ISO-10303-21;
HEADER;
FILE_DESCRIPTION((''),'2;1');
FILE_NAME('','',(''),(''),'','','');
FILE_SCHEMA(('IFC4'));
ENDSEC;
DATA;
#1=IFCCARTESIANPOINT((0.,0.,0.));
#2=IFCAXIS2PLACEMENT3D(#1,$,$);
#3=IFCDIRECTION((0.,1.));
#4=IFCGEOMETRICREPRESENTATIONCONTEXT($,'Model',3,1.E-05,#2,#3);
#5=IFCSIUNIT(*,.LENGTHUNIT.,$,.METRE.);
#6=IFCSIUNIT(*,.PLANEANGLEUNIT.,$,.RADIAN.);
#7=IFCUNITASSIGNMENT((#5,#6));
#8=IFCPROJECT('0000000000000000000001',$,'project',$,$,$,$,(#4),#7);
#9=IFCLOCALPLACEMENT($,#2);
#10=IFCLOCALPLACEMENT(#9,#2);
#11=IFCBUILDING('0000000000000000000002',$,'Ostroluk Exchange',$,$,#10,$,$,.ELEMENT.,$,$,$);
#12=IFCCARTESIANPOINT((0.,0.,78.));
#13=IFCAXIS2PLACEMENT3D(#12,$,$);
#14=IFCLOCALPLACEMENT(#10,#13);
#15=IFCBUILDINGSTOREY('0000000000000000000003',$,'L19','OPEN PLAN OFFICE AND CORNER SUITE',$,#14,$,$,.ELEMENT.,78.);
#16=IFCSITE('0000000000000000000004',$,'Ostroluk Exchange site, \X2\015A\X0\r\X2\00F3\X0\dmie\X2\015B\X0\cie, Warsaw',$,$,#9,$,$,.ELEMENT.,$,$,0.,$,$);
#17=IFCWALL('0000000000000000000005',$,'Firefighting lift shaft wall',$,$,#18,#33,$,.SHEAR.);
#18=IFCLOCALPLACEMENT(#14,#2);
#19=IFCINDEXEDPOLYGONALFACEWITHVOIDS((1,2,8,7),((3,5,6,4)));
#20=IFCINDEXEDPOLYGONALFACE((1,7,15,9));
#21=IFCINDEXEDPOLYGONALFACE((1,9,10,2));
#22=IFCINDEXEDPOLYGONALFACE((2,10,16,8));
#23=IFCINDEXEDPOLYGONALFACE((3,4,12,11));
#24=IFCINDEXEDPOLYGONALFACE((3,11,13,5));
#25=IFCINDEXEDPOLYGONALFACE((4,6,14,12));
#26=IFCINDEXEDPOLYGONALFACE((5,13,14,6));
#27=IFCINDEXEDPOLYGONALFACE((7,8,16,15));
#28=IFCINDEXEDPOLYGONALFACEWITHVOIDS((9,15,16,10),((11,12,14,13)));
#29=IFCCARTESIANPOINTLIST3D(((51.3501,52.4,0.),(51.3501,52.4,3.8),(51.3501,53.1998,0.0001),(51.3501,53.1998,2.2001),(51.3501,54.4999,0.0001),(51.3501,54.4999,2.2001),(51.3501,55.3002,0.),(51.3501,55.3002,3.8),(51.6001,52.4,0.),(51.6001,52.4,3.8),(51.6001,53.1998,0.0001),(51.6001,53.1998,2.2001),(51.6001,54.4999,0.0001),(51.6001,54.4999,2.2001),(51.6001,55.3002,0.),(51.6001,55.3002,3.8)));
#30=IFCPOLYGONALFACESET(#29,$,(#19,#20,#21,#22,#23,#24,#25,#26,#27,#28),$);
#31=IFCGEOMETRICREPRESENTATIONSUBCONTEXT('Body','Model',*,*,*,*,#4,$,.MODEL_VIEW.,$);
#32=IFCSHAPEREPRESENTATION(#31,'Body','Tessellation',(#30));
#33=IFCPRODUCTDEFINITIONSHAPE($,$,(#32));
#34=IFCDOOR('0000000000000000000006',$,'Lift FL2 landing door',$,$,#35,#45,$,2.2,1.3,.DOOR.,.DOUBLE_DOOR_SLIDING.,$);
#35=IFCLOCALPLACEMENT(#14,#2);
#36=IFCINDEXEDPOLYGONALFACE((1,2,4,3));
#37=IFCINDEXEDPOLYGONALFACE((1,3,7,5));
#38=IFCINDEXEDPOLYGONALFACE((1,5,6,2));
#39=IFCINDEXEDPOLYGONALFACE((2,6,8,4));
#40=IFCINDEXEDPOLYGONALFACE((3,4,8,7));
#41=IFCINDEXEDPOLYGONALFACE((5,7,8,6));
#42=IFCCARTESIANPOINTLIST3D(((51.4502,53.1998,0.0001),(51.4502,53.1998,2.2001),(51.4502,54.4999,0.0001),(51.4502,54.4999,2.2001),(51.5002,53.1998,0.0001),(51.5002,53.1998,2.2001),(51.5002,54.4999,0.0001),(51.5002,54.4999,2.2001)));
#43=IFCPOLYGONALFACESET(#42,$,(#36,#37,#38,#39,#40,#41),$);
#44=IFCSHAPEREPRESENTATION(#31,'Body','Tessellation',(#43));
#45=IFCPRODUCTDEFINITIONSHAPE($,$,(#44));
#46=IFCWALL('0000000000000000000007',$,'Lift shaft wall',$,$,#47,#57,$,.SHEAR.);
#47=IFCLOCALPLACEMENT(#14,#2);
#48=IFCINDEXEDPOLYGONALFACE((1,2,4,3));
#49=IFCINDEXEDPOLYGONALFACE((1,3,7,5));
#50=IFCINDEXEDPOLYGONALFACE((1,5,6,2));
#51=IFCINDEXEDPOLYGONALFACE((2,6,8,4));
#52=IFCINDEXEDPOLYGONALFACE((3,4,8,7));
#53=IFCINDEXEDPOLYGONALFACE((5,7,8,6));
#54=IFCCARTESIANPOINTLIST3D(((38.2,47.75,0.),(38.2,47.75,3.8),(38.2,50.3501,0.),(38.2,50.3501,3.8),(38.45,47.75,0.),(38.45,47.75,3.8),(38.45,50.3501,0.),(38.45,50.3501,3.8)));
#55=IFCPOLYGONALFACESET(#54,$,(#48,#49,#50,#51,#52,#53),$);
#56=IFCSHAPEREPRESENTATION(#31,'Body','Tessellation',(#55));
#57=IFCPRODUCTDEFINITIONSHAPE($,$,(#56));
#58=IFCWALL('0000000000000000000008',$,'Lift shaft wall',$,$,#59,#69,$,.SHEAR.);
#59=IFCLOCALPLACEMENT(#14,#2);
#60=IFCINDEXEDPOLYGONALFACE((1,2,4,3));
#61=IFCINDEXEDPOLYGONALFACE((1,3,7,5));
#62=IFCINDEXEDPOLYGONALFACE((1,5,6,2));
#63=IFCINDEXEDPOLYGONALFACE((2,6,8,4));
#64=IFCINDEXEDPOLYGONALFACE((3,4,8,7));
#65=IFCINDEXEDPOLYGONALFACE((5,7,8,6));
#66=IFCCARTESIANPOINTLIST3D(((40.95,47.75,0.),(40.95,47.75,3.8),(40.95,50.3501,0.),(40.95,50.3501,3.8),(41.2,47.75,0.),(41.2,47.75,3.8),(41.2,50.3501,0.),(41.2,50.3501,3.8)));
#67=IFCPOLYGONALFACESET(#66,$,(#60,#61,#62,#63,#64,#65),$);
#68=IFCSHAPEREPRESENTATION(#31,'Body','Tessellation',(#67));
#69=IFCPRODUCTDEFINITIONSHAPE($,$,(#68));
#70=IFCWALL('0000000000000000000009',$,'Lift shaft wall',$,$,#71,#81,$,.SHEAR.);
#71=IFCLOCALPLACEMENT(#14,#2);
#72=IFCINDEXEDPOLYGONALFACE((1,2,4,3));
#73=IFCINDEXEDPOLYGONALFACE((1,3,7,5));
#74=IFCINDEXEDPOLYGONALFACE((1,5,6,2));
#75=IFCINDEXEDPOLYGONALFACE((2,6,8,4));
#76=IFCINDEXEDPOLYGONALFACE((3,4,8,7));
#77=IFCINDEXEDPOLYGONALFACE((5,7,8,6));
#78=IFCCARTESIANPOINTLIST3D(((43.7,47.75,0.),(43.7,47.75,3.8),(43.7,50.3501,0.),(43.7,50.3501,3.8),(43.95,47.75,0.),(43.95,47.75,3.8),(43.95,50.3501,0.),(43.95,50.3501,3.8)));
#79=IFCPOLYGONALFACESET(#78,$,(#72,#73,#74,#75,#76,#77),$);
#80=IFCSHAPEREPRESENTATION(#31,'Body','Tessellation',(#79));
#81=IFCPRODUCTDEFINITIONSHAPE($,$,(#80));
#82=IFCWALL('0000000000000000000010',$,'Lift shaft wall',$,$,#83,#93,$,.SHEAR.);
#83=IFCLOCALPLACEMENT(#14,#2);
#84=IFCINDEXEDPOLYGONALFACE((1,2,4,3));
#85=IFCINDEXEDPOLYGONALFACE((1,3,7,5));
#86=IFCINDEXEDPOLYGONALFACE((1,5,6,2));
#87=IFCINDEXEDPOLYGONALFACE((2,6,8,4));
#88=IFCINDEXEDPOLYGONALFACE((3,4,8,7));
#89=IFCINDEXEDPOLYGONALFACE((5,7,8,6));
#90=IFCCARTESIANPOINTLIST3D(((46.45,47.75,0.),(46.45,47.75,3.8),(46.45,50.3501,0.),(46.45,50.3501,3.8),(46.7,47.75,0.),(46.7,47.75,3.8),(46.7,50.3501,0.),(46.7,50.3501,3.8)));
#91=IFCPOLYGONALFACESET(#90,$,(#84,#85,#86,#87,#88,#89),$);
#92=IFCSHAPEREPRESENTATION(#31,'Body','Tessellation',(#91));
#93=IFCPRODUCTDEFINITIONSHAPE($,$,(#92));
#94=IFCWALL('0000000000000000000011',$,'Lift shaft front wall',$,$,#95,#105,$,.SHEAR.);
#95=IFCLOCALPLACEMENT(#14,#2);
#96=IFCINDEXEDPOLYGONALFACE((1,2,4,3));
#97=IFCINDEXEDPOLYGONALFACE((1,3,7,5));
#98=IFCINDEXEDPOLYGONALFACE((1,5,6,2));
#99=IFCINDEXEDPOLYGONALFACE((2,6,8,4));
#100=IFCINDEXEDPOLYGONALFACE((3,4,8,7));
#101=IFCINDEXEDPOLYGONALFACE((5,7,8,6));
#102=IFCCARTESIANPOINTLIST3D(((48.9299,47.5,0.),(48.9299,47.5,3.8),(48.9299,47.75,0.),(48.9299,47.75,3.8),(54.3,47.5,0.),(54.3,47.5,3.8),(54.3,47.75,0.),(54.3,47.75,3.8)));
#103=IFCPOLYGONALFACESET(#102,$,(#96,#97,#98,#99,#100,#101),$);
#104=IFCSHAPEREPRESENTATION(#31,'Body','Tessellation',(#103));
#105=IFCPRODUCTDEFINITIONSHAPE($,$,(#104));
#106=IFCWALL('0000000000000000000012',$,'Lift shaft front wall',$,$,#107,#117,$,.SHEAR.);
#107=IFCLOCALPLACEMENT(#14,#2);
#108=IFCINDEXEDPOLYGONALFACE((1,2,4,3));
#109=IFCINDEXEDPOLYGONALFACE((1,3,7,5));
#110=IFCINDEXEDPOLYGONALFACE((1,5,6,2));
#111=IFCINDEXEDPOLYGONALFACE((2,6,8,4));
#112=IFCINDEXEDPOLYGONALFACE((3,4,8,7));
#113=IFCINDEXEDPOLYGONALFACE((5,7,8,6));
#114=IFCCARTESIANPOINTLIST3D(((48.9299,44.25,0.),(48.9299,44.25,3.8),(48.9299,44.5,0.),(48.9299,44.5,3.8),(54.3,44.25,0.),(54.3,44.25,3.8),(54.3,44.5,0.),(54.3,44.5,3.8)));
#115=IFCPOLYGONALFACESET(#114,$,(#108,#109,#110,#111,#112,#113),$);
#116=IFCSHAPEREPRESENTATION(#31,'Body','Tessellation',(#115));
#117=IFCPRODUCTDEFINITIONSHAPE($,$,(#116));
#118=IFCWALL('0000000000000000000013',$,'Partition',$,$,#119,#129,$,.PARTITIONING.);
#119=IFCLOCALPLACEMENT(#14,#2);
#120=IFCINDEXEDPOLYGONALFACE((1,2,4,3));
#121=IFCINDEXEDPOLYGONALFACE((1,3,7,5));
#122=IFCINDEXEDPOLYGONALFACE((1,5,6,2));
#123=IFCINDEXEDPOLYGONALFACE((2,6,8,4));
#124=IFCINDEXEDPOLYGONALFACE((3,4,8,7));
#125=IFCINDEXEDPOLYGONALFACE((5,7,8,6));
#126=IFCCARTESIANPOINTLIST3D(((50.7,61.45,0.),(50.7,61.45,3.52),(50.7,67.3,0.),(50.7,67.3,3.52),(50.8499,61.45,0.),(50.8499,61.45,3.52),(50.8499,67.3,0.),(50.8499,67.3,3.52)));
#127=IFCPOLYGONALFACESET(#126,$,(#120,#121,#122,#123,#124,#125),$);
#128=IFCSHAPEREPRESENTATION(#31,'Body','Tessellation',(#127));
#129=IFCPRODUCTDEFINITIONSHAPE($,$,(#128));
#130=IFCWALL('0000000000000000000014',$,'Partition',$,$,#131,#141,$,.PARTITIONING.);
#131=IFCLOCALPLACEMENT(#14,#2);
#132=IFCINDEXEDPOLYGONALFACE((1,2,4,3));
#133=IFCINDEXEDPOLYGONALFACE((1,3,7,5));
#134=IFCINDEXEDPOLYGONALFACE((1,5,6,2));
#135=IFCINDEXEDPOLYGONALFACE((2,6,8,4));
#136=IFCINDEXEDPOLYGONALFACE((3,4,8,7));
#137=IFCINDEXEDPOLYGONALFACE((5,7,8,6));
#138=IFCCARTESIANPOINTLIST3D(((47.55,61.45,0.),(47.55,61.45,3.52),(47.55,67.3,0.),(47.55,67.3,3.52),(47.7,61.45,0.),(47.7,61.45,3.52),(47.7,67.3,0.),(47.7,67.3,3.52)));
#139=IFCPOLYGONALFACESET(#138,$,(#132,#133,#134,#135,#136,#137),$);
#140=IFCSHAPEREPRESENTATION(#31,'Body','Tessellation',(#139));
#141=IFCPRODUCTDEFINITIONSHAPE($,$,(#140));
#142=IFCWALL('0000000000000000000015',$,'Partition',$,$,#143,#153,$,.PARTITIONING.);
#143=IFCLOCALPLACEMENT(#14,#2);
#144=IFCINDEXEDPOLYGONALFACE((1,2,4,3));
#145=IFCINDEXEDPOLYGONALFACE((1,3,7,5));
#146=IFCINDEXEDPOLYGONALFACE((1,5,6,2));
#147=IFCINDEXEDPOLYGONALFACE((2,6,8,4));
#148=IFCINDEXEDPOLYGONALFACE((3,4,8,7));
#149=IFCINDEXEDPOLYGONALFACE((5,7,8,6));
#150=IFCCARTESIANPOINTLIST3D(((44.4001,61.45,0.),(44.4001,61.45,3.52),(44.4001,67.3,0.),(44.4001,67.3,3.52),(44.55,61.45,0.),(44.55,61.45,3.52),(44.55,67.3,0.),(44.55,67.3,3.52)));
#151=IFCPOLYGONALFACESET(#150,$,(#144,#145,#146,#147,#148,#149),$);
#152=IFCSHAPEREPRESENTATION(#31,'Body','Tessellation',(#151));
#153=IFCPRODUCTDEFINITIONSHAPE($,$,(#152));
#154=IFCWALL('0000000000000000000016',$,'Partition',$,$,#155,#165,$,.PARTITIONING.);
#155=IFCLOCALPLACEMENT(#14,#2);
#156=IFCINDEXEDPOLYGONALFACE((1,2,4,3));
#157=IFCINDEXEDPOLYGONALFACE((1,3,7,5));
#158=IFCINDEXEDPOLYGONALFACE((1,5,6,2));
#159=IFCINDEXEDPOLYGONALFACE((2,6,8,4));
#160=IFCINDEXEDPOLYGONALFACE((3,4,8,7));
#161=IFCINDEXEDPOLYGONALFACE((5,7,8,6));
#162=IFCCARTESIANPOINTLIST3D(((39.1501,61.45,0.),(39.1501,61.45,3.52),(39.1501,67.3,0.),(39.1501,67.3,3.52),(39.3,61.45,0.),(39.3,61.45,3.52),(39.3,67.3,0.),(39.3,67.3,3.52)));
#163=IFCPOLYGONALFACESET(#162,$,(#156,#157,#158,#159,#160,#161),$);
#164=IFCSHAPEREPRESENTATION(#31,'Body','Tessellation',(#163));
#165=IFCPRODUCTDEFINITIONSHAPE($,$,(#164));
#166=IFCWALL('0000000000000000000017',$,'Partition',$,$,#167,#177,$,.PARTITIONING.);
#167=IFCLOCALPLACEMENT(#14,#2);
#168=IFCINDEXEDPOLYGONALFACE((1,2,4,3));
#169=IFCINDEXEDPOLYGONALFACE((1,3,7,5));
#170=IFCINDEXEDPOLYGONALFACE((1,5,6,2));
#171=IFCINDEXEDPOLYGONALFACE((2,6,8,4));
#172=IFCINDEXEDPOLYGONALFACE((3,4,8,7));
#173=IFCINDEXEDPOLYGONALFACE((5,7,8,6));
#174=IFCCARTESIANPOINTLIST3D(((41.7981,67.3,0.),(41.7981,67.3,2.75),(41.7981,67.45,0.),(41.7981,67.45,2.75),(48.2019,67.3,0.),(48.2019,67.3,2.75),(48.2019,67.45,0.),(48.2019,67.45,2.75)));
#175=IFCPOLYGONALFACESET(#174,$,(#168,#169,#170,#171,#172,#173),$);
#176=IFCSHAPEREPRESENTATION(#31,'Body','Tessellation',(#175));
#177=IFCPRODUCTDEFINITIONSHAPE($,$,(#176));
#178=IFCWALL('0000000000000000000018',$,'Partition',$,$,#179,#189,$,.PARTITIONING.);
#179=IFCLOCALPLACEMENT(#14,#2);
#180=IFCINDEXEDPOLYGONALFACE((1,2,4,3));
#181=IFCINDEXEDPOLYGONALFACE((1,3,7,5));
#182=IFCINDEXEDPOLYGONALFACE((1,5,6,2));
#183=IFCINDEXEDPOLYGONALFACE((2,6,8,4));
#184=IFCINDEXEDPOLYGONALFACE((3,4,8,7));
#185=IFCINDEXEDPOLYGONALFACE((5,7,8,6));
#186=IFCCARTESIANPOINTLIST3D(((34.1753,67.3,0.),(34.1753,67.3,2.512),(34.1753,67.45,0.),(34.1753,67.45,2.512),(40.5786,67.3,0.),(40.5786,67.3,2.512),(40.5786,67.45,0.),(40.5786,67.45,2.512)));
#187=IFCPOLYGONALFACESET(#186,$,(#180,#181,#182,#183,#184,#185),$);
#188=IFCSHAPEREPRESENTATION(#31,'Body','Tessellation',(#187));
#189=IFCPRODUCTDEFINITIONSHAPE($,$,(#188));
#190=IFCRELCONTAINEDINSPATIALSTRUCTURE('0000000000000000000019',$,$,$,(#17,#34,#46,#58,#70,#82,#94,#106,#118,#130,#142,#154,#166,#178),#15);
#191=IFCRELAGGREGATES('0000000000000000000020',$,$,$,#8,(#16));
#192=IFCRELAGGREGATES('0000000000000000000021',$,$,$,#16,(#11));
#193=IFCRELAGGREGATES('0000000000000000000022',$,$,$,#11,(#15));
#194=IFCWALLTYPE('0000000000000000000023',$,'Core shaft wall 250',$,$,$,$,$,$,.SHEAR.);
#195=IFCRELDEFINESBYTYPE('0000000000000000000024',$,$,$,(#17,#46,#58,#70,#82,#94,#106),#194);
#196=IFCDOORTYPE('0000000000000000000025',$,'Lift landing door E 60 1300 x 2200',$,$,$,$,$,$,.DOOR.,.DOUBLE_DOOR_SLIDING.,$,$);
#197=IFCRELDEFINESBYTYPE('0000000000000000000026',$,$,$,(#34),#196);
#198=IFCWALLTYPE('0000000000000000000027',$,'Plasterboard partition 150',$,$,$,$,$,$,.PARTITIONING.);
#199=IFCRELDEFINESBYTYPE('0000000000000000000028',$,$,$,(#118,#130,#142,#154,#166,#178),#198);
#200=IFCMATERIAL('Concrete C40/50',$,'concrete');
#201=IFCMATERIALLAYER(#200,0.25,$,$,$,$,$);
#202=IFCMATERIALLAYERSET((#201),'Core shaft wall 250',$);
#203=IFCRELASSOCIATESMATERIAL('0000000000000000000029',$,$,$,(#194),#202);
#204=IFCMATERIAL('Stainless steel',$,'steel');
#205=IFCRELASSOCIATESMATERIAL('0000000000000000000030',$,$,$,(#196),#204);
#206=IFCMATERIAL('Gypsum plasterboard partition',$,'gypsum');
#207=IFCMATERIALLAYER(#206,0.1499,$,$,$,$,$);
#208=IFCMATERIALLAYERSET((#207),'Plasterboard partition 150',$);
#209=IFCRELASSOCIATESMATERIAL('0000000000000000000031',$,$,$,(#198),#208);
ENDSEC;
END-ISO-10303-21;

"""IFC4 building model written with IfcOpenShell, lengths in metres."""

from ifc_helpers import new_model, si_unit, direction, frame, frame_2d, origin, place, context, subcontext, project, spatial, rectangle, extrude, material, layer, layer_set, type_object, element, fill, save


model = new_model("IFC4")

# Units and contexts
model_context = context("Model", 3, precision=1e-05, world=origin(), true_north=direction((0.0, 1.0)))
body_context = subcontext(model_context, "Body", "Model", "MODEL_VIEW")
ifc_project = project(units=[si_unit("LENGTHUNIT", "METRE"), si_unit("PLANEANGLEUNIT", "RADIAN")], contexts=[model_context])

# Site, building, storey
site_placement = place(None, origin())
site = spatial("IfcSite", under=ifc_project, at=site_placement, Name="Ostroluk Exchange site, Śródmieście, Warsaw", CompositionType="ELEMENT", RefElevation=0.0)
building_placement = place(site_placement, origin())
building = spatial("IfcBuilding", under=site, at=building_placement, Name="Ostroluk Exchange", CompositionType="ELEMENT")
storey_placement = place(building_placement, frame((0.0, 0.0, 78.0)))
storey = spatial("IfcBuildingStorey", under=building, at=storey_placement, Name="L19", Description="OPEN PLAN OFFICE AND CORNER SUITE", CompositionType="ELEMENT", Elevation=78.0)

# Shared definitions
ifc_material_1 = material(Name="Concrete C40/50", Category="concrete")
ifc_layer_1 = layer(ifc_material_1, 0.25)
ifc_layer_set_1 = layer_set([ifc_layer_1], Name="Core shaft wall 250")
wall_type_1 = type_object("IfcWallType", Name="Core shaft wall 250", PredefinedType="SHEAR", material=ifc_layer_set_1)

# Wall, opening, door
wall_1_placement = place(storey_placement, frame((51.4751, 52.3999, 0.0), z_axis=(0.0, 0.0, 1.0), x_axis=(0.0, 1.0, 0.0)))
wall_1 = element("IfcWall", 1, at=wall_1_placement, inside=storey, type_object=wall_type_1, Name="Firefighting lift shaft wall", PredefinedType="SHEAR", context=body_context, shape_type="SweptSolid", body=[
    extrude(rectangle(XDim=2.9001, YDim=0.25, at=frame_2d((1.4502, 0.0))), origin(), (0.0, 0.0, 1.0), 3.8),
])
opening_1_placement = place(wall_1_placement, frame((0.8, 0.0, 0.0)))
opening_1 = element("IfcOpeningElement", 2, at=opening_1_placement, cuts=wall_1, PredefinedType="OPENING", context=body_context, shape_type="SweptSolid", body=[
    extrude(rectangle(XDim=1.3, YDim=2.2, at=frame_2d((0.6499, 1.1001))), frame((0.0, 0.135, 0.0), z_axis=(0.0, -1.0, 0.0), x_axis=(1.0, 0.0, 0.0)), (0.0, 0.0, 1.0), 0.27),
])
ifc_material_2 = material(Name="Stainless steel", Category="steel")
door_type_1 = type_object("IfcDoorType", Name="Lift landing door E 60 1300 x 2200", OperationType="DOUBLE_DOOR_SLIDING", PredefinedType="DOOR", material=ifc_material_2)
door_1_placement = place(opening_1_placement, origin())
door_1 = element("IfcDoor", 3, at=door_1_placement, inside=storey, type_object=door_type_1, Name="Lift FL2 landing door", OperationType="DOUBLE_DOOR_SLIDING", OverallHeight=2.2, OverallWidth=1.3, PredefinedType="DOOR", context=body_context, shape_type="SweptSolid", body=[
    extrude(rectangle(XDim=1.3, YDim=2.2, at=frame_2d((0.6499, 1.1001))), frame((0.0, 0.0249, 0.0), z_axis=(0.0, -1.0, 0.0), x_axis=(1.0, 0.0, 0.0)), (0.0, 0.0, 1.0), 0.05),
])
fill(opening_1, door_1)

# Walls
for number, where, z_axis, x_axis, name in (
    (4, (38.325, 47.75, 0.0), (0.0, 0.0, 1.0), (0.0, 1.0, 0.0), "Lift shaft wall"),
    (5, (41.075, 47.75, 0.0), (0.0, 0.0, 1.0), (0.0, 1.0, 0.0), "Lift shaft wall"),
    (6, (43.825, 47.75, 0.0), (0.0, 0.0, 1.0), (0.0, 1.0, 0.0), "Lift shaft wall"),
    (7, (46.575, 47.75, 0.0), (0.0, 0.0, 1.0), (0.0, 1.0, 0.0), "Lift shaft wall"),
):
    element("IfcWall", number, at=place(storey_placement, frame(where, z_axis=z_axis, x_axis=x_axis)), inside=storey, type_object=wall_type_1, Name=name, PredefinedType="SHEAR", context=body_context, shape_type="SweptSolid", body=[
        extrude(rectangle(XDim=2.6001, YDim=0.25, at=frame_2d((1.3, 0.0))), origin(), (0.0, 0.0, 1.0), 3.8),
    ])
for number, where, z_axis, x_axis, name in (
    (8, (48.9299, 47.625, 0.0), (0.0, 0.0, 1.0), (1.0, 0.0, 0.0), "Lift shaft front wall"),
    (9, (48.9299, 44.375, 0.0), (0.0, 0.0, 1.0), (1.0, 0.0, 0.0), "Lift shaft front wall"),
):
    element("IfcWall", number, at=place(storey_placement, frame(where, z_axis=z_axis, x_axis=x_axis)), inside=storey, type_object=wall_type_1, Name=name, PredefinedType="SHEAR", context=body_context, shape_type="SweptSolid", body=[
        extrude(rectangle(XDim=5.3701, YDim=0.25, at=frame_2d((2.6851, 0.0))), origin(), (0.0, 0.0, 1.0), 3.8),
    ])
ifc_material_3 = material(Name="Gypsum plasterboard partition", Category="gypsum")
ifc_layer_2 = layer(ifc_material_3, 0.1499)
ifc_layer_set_2 = layer_set([ifc_layer_2], Name="Plasterboard partition 150")
wall_type_2 = type_object("IfcWallType", Name="Plasterboard partition 150", PredefinedType="PARTITIONING", material=ifc_layer_set_2)
for number, where, z_axis, x_axis, name in (
    (10, (50.7749, 61.45, 0.0), (0.0, 0.0, 1.0), (0.0, 1.0, 0.0), "Partition"),
    (11, (47.625, 61.45, 0.0), (0.0, 0.0, 1.0), (0.0, 1.0, 0.0), "Partition"),
    (12, (44.4751, 61.45, 0.0), (0.0, 0.0, 1.0), (0.0, 1.0, 0.0), "Partition"),
    (13, (39.2251, 61.45, 0.0), (0.0, 0.0, 1.0), (0.0, 1.0, 0.0), "Partition"),
):
    element("IfcWall", number, at=place(storey_placement, frame(where, z_axis=z_axis, x_axis=x_axis)), inside=storey, type_object=wall_type_2, Name=name, PredefinedType="PARTITIONING", context=body_context, shape_type="SweptSolid", body=[
        extrude(rectangle(XDim=5.8501, YDim=0.1499, at=frame_2d((2.925, 0.0))), origin(), (0.0, 0.0, 1.0), 3.52),
    ])
wall_2_placement = place(storey_placement, frame((48.2019, 67.375, 0.0), z_axis=(0.0, 0.0, 1.0), x_axis=(-1.0, 0.0, 0.0)))
element("IfcWall", 14, at=wall_2_placement, inside=storey, type_object=wall_type_2, Name="Partition", PredefinedType="PARTITIONING", context=body_context, shape_type="SweptSolid", body=[
    extrude(rectangle(XDim=6.4038, YDim=0.1499, at=frame_2d((3.2019, 0.0))), origin(), (0.0, 0.0, 1.0), 2.75),
])
wall_3_placement = place(storey_placement, frame((40.5786, 67.375, 0.0), z_axis=(0.0, 0.0, 1.0), x_axis=(-1.0, 0.0, 0.0)))
element("IfcWall", 15, at=wall_3_placement, inside=storey, type_object=wall_type_2, Name="Partition", PredefinedType="PARTITIONING", context=body_context, shape_type="SweptSolid", body=[
    extrude(rectangle(XDim=6.4033, YDim=0.1499, at=frame_2d((3.2017, 0.0))), origin(), (0.0, 0.0, 1.0), 2.512),
])

save(model, "model.ifc")
